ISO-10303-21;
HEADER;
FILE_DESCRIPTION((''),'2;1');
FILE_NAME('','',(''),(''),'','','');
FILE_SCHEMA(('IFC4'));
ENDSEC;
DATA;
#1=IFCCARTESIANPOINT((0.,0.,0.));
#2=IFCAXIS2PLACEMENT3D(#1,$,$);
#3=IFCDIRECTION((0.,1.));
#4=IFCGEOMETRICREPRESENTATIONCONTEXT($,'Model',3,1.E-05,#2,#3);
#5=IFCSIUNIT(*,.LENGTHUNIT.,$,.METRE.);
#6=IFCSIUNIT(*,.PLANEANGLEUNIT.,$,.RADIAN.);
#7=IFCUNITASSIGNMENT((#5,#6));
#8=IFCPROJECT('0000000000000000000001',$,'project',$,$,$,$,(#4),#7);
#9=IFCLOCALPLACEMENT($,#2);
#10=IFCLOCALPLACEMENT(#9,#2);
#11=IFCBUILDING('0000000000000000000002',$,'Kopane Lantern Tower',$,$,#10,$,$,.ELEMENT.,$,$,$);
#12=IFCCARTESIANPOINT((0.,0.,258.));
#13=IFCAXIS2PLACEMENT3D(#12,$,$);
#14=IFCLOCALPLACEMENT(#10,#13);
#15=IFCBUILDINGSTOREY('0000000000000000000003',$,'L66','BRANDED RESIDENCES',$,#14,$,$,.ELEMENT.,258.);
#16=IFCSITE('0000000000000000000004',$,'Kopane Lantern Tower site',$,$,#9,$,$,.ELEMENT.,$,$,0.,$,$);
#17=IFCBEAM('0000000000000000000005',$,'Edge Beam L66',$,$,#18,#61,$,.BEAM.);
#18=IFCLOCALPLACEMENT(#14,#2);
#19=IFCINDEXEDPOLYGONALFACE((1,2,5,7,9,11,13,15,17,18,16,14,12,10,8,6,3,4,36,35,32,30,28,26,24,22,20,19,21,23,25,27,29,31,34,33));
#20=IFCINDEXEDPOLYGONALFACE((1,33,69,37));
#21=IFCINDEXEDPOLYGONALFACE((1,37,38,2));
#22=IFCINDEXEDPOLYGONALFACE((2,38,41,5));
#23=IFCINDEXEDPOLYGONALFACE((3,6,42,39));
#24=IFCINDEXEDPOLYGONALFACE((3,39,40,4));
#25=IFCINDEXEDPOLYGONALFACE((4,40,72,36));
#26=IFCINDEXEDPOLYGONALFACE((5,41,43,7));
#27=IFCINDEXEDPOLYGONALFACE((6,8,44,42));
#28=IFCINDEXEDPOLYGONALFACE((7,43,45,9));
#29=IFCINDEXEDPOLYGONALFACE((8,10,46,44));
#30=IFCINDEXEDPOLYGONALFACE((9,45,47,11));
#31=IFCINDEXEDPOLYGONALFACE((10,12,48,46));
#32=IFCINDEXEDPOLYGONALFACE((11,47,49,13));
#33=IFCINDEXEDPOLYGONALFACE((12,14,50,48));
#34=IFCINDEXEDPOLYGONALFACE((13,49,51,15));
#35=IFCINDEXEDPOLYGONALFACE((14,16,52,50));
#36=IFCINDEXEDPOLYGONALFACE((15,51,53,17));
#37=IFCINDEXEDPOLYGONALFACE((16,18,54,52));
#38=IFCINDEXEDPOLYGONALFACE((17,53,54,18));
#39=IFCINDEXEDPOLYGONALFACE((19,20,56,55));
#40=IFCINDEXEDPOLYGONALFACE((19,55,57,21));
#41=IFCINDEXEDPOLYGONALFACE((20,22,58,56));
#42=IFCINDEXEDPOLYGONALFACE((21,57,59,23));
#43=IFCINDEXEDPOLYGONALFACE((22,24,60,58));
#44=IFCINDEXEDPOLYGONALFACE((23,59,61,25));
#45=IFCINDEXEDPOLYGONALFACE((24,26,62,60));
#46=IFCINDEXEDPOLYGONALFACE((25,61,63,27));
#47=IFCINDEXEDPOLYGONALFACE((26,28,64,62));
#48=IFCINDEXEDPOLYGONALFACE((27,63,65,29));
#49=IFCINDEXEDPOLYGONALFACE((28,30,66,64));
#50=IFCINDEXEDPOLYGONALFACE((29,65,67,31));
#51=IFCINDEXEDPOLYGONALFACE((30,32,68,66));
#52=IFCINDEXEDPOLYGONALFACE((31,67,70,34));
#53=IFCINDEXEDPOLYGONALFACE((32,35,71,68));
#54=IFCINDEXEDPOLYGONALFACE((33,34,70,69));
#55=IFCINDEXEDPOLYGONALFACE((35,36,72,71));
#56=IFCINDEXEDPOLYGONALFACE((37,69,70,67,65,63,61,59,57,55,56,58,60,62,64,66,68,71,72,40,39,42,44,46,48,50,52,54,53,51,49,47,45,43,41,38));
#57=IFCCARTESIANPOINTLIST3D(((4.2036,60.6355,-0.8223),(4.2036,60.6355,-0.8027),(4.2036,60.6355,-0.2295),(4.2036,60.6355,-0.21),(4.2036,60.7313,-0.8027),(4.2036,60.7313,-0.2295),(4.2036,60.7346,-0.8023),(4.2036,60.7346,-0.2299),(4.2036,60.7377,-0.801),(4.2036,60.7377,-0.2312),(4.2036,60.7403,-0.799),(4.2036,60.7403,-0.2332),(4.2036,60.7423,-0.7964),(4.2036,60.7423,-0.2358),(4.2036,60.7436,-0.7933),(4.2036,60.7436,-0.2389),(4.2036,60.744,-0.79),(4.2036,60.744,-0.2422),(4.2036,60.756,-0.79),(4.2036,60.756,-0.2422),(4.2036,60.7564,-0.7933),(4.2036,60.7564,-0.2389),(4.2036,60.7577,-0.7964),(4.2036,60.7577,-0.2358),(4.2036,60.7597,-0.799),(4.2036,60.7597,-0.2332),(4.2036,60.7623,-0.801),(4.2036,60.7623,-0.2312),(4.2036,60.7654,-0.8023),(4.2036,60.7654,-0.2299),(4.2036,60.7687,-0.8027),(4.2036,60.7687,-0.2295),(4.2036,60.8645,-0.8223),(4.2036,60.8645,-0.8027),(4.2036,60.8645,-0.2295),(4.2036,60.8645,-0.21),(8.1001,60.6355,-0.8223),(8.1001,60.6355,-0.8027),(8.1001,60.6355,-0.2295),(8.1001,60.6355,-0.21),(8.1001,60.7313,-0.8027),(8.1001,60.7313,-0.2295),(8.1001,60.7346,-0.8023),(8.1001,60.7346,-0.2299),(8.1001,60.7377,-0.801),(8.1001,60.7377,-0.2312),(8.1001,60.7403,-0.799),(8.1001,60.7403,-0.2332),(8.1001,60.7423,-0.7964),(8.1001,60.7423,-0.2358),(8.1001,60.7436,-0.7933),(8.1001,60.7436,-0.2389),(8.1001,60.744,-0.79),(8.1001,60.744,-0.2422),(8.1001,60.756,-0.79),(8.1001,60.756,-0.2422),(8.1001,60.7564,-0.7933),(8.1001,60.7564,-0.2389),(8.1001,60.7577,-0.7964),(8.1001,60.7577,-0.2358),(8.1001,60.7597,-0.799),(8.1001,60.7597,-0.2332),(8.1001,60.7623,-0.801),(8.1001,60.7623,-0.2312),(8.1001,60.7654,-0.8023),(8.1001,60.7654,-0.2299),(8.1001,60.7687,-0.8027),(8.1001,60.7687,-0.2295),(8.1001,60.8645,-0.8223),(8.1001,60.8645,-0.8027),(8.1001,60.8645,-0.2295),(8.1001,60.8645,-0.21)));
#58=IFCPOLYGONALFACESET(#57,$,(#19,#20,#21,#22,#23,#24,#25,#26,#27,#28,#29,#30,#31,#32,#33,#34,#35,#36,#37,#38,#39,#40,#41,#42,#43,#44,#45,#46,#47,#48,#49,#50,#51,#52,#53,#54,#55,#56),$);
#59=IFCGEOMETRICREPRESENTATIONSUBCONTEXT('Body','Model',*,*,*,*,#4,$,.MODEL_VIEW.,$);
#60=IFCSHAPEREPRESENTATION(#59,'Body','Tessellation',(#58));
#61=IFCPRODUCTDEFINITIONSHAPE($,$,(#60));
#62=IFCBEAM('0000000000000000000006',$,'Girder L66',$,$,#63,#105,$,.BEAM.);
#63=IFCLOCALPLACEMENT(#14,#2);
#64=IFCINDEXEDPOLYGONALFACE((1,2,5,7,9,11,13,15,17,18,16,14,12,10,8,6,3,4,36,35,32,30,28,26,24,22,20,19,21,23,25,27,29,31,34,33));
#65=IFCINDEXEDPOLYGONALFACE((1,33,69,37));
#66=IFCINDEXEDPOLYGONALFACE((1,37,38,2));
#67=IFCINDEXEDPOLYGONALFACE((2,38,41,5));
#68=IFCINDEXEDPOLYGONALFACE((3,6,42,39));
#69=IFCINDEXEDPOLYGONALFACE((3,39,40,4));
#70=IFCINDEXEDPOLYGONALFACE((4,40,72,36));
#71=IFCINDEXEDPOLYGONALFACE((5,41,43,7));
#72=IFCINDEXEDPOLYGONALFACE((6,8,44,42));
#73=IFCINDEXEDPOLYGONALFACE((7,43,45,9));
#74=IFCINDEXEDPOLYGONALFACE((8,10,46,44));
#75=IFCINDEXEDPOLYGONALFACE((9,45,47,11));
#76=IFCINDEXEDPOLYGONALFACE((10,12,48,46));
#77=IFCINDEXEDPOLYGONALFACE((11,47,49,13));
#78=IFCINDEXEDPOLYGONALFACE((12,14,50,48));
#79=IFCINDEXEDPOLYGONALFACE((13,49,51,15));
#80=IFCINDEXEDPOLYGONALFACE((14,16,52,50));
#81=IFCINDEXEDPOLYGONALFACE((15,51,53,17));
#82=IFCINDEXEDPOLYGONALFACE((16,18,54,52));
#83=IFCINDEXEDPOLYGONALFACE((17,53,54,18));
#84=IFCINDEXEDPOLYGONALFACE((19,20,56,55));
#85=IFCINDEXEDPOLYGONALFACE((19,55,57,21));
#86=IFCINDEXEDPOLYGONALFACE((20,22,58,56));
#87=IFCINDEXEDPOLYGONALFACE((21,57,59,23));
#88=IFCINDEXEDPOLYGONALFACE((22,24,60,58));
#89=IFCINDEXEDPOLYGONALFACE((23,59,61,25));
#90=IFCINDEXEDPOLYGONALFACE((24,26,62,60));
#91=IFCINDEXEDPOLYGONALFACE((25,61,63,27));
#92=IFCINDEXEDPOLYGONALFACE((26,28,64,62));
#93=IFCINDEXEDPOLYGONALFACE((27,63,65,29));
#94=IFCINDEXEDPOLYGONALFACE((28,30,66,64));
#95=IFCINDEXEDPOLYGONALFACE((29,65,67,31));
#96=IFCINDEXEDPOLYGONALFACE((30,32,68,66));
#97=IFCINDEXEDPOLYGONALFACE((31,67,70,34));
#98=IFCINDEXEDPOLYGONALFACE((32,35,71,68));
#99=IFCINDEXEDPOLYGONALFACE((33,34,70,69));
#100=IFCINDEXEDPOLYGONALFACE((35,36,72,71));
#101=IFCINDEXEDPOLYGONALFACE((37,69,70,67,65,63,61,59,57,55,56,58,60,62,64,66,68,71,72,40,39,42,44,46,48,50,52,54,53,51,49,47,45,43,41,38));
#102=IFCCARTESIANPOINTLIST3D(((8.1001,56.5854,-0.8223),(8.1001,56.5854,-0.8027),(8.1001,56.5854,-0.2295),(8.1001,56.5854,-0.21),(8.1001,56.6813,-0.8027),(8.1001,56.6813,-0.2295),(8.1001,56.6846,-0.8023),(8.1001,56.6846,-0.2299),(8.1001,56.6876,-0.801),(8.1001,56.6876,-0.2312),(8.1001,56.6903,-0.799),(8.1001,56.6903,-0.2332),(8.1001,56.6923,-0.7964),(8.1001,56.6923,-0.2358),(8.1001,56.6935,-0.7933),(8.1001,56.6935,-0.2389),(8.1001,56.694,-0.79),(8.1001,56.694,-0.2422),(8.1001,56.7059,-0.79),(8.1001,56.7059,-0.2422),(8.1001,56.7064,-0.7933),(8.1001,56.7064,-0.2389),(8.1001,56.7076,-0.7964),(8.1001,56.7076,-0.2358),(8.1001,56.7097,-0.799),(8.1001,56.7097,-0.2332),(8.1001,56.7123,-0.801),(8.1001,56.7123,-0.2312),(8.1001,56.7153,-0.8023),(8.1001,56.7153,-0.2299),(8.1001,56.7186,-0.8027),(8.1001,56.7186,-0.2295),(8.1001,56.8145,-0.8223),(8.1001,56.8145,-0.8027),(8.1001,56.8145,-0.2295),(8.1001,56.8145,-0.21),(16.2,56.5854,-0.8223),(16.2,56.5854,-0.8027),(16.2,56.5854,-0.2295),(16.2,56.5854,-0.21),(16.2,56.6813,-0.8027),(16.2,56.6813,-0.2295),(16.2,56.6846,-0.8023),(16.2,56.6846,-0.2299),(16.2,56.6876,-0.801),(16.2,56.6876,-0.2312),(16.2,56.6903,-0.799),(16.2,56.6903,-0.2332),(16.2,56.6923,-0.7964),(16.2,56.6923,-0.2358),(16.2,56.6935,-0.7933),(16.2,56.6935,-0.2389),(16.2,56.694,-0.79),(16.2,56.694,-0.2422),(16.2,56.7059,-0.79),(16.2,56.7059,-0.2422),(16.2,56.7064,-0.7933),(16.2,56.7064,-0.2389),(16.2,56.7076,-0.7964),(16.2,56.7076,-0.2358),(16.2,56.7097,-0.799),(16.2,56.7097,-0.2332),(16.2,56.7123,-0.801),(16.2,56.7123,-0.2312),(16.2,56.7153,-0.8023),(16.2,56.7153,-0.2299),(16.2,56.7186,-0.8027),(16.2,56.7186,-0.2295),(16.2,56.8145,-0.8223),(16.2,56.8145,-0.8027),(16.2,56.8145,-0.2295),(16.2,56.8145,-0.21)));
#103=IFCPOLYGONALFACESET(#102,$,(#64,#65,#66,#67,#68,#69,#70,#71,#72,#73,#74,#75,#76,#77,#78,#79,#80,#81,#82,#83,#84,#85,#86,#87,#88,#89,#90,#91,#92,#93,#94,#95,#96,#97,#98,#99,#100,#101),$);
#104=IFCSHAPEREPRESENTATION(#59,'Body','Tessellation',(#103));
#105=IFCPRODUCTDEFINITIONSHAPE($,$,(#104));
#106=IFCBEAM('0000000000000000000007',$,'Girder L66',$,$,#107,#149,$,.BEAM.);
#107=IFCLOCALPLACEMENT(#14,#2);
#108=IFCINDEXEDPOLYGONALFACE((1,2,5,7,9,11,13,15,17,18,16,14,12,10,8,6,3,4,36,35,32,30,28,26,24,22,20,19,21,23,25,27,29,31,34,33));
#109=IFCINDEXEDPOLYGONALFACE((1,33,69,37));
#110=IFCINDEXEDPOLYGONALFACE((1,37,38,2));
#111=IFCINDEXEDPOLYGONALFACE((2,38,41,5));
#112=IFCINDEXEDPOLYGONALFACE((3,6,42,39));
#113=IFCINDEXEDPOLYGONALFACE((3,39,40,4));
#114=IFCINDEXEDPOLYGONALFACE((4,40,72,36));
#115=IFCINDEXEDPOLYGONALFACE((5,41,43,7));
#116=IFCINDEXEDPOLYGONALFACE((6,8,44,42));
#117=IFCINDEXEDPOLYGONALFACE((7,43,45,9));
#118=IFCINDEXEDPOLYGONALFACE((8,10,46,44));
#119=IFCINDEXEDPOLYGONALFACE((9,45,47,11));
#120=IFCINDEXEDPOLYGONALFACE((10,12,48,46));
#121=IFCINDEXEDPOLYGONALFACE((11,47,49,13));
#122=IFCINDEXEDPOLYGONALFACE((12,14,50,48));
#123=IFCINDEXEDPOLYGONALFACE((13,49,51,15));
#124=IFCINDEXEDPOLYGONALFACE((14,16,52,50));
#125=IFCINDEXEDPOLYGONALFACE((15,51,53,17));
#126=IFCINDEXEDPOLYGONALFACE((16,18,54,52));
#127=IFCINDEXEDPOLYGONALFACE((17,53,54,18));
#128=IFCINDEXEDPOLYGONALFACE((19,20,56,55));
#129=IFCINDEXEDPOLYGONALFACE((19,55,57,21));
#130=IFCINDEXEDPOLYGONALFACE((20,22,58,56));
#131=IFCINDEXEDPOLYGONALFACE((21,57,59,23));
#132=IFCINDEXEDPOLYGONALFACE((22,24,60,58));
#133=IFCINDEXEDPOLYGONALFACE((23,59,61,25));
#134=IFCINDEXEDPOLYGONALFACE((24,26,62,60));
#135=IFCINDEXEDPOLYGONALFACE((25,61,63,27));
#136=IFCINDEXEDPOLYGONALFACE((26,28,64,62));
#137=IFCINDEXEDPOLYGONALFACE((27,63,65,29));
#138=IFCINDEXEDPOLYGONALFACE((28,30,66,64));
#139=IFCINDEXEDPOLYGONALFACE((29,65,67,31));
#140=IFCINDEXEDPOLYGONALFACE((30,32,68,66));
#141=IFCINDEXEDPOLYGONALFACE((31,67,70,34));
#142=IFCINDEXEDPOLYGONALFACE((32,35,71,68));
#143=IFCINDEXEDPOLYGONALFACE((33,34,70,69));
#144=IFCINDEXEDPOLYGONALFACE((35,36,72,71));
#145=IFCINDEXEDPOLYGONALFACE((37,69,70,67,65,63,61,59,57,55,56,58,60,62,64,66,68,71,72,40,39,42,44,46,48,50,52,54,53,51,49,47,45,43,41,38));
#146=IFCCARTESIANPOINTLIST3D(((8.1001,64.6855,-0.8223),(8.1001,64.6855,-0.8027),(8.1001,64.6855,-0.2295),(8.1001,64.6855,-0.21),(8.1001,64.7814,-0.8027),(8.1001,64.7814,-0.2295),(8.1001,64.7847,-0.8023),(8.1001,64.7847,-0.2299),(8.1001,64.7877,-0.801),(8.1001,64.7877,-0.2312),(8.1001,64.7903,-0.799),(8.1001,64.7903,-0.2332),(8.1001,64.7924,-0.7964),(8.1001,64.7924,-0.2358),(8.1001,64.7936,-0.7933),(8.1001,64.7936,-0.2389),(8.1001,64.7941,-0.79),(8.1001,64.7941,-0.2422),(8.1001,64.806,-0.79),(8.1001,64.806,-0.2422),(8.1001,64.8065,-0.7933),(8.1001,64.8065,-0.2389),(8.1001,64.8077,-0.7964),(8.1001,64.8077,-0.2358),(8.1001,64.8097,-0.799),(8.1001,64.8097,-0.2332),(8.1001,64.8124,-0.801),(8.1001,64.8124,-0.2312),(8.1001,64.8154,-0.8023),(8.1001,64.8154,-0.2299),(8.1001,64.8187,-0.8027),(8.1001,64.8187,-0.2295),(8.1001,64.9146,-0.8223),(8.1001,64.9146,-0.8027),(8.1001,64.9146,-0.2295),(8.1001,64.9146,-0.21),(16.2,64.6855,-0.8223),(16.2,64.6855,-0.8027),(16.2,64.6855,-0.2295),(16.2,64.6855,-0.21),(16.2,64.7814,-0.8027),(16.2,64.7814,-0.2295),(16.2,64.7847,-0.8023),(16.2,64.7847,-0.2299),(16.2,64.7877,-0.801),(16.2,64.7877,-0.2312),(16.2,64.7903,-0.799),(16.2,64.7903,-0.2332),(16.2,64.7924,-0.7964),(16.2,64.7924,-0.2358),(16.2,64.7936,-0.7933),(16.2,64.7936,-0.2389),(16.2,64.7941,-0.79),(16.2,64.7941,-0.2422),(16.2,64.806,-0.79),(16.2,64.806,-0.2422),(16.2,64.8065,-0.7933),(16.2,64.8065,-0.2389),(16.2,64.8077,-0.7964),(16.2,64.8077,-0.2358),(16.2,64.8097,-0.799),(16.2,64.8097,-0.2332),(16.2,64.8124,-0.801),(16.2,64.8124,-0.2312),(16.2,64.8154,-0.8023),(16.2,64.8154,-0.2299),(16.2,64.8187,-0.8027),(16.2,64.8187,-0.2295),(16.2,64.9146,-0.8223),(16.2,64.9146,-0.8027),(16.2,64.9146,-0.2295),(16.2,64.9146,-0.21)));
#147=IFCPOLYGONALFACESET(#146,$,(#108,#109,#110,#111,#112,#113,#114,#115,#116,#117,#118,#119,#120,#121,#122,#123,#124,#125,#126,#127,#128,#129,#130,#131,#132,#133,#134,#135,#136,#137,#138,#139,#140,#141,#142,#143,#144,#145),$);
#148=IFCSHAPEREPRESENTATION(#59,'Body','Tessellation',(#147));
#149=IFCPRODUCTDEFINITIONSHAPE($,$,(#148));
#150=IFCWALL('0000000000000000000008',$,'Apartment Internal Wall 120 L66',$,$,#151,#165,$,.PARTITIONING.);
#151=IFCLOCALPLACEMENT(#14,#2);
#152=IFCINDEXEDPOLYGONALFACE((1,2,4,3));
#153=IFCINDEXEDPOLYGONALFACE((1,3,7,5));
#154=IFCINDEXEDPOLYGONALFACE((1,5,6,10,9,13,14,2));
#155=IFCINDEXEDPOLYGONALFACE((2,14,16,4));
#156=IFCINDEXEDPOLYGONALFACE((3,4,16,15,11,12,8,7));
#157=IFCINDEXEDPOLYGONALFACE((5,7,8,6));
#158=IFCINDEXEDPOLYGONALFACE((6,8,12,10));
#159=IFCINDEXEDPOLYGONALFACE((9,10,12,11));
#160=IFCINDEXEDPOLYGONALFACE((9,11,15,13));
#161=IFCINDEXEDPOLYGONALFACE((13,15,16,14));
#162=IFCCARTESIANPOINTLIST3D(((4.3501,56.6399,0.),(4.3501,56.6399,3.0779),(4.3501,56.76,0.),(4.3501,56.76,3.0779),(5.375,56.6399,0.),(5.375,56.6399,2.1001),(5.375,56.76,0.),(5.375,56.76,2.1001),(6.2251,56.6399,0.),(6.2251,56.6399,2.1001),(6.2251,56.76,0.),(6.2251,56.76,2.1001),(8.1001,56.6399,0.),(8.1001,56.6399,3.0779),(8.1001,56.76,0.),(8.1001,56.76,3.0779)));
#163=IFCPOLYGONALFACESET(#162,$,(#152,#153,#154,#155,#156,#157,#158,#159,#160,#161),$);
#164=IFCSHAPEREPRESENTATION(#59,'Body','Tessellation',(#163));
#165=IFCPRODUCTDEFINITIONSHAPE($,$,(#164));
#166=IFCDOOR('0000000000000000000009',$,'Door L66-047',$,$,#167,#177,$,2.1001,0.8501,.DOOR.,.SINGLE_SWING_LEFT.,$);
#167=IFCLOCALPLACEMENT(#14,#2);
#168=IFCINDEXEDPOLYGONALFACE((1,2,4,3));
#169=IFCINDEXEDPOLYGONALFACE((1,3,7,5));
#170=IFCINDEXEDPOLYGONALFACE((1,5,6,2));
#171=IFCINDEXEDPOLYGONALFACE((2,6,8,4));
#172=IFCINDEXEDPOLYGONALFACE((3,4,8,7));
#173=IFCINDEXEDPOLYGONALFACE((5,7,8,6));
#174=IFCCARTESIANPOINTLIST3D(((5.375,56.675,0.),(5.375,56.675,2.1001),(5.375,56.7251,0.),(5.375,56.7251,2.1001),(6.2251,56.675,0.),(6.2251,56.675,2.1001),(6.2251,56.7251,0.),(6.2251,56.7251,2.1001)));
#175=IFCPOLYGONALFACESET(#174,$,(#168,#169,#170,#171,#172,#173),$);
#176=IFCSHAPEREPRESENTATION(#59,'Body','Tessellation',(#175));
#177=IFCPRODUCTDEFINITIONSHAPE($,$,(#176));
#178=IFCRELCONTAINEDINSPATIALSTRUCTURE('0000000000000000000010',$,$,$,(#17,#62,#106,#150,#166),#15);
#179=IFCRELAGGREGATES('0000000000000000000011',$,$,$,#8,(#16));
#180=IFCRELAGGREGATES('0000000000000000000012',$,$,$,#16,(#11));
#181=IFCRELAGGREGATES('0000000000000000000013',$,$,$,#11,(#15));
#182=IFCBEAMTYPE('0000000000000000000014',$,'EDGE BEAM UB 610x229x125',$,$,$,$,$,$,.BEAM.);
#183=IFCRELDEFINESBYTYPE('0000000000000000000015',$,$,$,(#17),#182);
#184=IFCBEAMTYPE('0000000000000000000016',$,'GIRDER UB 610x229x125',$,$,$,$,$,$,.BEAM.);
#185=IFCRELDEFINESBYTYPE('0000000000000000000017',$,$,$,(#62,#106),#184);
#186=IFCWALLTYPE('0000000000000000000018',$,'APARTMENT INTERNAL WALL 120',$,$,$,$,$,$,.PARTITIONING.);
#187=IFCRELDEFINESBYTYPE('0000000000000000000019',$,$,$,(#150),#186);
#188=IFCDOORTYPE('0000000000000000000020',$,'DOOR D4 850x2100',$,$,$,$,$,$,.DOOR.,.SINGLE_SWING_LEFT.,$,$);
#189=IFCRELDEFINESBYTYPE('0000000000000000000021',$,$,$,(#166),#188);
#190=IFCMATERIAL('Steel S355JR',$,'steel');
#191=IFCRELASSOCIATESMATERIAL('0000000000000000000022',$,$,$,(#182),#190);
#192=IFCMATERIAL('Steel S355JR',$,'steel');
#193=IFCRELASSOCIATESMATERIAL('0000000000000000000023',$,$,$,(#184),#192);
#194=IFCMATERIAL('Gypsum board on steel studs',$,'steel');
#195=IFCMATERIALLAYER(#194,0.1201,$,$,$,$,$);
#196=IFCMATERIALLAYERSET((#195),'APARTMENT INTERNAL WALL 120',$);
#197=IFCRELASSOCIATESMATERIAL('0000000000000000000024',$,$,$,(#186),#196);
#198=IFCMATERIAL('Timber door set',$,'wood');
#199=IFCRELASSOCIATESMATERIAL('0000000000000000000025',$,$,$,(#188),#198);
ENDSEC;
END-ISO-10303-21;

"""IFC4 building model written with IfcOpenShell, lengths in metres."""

from ifc_helpers import new_model, si_unit, direction, frame, frame_2d, origin, origin_2d, place, context, subcontext, project, spatial, rectangle, i_section, extrude, material, layer, layer_set, material_profile, profile_set, type_object, element, fill, save


model = new_model("IFC4")

# Units and contexts
model_context = context("Model", 3, precision=1e-05, world=origin(), true_north=direction((0.0, 1.0)))
body_context = subcontext(model_context, "Body", "Model", "MODEL_VIEW")
ifc_project = project(units=[si_unit("LENGTHUNIT", "METRE"), si_unit("PLANEANGLEUNIT", "RADIAN")], contexts=[model_context])

# Site, building, storey
site_placement = place(None, origin())
site = spatial("IfcSite", under=ifc_project, at=site_placement, Name="Kopane Lantern Tower site", CompositionType="ELEMENT", RefElevation=0.0)
building_placement = place(site_placement, origin())
building = spatial("IfcBuilding", under=site, at=building_placement, Name="Kopane Lantern Tower", CompositionType="ELEMENT")
storey_placement = place(building_placement, frame((0.0, 0.0, 258.0)))
storey = spatial("IfcBuildingStorey", under=building, at=storey_placement, Name="L66", Description="BRANDED RESIDENCES", CompositionType="ELEMENT", Elevation=258.0)

# Beams
ifc_material_1 = material(Name="Steel S355JR", Category="steel")
ifc_material_profile_1 = material_profile(ifc_material_1, i_section(OverallWidth=0.229, OverallDepth=0.6123, WebThickness=0.012, FlangeThickness=0.0195, FilletRadius=0.0127, at=origin_2d()), Name="UB 610x229x125")
ifc_profile_set_1 = profile_set([ifc_material_profile_1], Name="Steel S355JR")
beam_type_1 = type_object("IfcBeamType", Name="EDGE BEAM UB 610x229x125", PredefinedType="BEAM", material=ifc_profile_set_1)
beam_1_placement = place(storey_placement, frame((4.2036, 60.75, -0.5161), z_axis=(1.0, 0.0, 0.0), x_axis=(0.0, 1.0, 0.0)))
element("IfcBeam", 1, at=beam_1_placement, inside=storey, type_object=beam_type_1, Name="Edge Beam L66", PredefinedType="BEAM", context=body_context, shape_type="SweptSolid", body=[
    extrude(i_section(OverallWidth=0.229, OverallDepth=0.6123, WebThickness=0.012, FlangeThickness=0.0195, FilletRadius=0.0127, at=origin_2d()), origin(), (0.0, 0.0, 1.0), 3.8965),
])
ifc_material_2 = material(Name="Steel S355JR", Category="steel")
ifc_material_profile_2 = material_profile(ifc_material_2, i_section(OverallWidth=0.229, OverallDepth=0.6123, WebThickness=0.012, FlangeThickness=0.0195, FilletRadius=0.0127, at=origin_2d()), Name="UB 610x229x125")
ifc_profile_set_2 = profile_set([ifc_material_profile_2], Name="Steel S355JR")
beam_type_2 = type_object("IfcBeamType", Name="GIRDER UB 610x229x125", PredefinedType="BEAM", material=ifc_profile_set_2)
for number, where, z_axis, x_axis, name in (
    (2, (8.1001, 56.7, -0.5161), (1.0, 0.0, 0.0), (0.0, 1.0, 0.0), "Girder L66"),
    (3, (8.1001, 64.8, -0.5161), (1.0, 0.0, 0.0), (0.0, 1.0, 0.0), "Girder L66"),
):
    element("IfcBeam", number, at=place(storey_placement, frame(where, z_axis=z_axis, x_axis=x_axis)), inside=storey, type_object=beam_type_2, Name=name, PredefinedType="BEAM", context=body_context, shape_type="SweptSolid", body=[
        extrude(i_section(OverallWidth=0.229, OverallDepth=0.6123, WebThickness=0.012, FlangeThickness=0.0195, FilletRadius=0.0127, at=origin_2d()), origin(), (0.0, 0.0, 1.0), 8.0999),
    ])

# Wall, opening, door
ifc_material_3 = material(Name="Gypsum board on steel studs", Category="steel")
ifc_layer_1 = layer(ifc_material_3, 0.1201)
ifc_layer_set_1 = layer_set([ifc_layer_1], Name="APARTMENT INTERNAL WALL 120")
wall_type_1 = type_object("IfcWallType", Name="APARTMENT INTERNAL WALL 120", PredefinedType="PARTITIONING", material=ifc_layer_set_1)
wall_1_placement = place(storey_placement, frame((8.1001, 56.7, 0.0), z_axis=(0.0, 0.0, 1.0), x_axis=(-1.0, 0.0, 0.0)))
wall_1 = element("IfcWall", 4, at=wall_1_placement, inside=storey, type_object=wall_type_1, Name="Apartment Internal Wall 120 L66", PredefinedType="PARTITIONING", context=body_context, shape_type="SweptSolid", body=[
    extrude(rectangle(XDim=3.75, YDim=0.1201, at=frame_2d((1.875, 0.0))), origin(), (0.0, 0.0, 1.0), 3.0779),
])
opening_1_placement = place(wall_1_placement, frame((1.875, 0.0, 0.0)))
opening_1 = element("IfcOpeningElement", 5, at=opening_1_placement, cuts=wall_1, PredefinedType="OPENING", context=body_context, shape_type="SweptSolid", body=[
    extrude(rectangle(XDim=0.8501, YDim=2.1001, at=frame_2d((0.425, 1.05))), frame((0.0, 0.0701, 0.0), z_axis=(0.0, -1.0, 0.0), x_axis=(1.0, 0.0, 0.0)), (0.0, 0.0, 1.0), 0.1401),
])
ifc_material_4 = material(Name="Timber door set", Category="wood")
door_type = type_object("IfcDoorType", Name="DOOR D4 850x2100", OperationType="SINGLE_SWING_LEFT", PredefinedType="DOOR", material=ifc_material_4)
door_placement = place(opening_1_placement, origin())
door = element("IfcDoor", 6, at=door_placement, inside=storey, type_object=door_type, Name="Door L66-047", OperationType="SINGLE_SWING_LEFT", OverallHeight=2.1001, OverallWidth=0.8501, PredefinedType="DOOR", context=body_context, shape_type="SweptSolid", body=[
    extrude(rectangle(XDim=0.8501, YDim=2.1001, at=frame_2d((0.425, 1.05))), frame((0.0, 0.0249, 0.0), z_axis=(0.0, -1.0, 0.0), x_axis=(1.0, 0.0, 0.0)), (0.0, 0.0, 1.0), 0.05),
])
fill(opening_1, door)

save(model, "model.ifc")
